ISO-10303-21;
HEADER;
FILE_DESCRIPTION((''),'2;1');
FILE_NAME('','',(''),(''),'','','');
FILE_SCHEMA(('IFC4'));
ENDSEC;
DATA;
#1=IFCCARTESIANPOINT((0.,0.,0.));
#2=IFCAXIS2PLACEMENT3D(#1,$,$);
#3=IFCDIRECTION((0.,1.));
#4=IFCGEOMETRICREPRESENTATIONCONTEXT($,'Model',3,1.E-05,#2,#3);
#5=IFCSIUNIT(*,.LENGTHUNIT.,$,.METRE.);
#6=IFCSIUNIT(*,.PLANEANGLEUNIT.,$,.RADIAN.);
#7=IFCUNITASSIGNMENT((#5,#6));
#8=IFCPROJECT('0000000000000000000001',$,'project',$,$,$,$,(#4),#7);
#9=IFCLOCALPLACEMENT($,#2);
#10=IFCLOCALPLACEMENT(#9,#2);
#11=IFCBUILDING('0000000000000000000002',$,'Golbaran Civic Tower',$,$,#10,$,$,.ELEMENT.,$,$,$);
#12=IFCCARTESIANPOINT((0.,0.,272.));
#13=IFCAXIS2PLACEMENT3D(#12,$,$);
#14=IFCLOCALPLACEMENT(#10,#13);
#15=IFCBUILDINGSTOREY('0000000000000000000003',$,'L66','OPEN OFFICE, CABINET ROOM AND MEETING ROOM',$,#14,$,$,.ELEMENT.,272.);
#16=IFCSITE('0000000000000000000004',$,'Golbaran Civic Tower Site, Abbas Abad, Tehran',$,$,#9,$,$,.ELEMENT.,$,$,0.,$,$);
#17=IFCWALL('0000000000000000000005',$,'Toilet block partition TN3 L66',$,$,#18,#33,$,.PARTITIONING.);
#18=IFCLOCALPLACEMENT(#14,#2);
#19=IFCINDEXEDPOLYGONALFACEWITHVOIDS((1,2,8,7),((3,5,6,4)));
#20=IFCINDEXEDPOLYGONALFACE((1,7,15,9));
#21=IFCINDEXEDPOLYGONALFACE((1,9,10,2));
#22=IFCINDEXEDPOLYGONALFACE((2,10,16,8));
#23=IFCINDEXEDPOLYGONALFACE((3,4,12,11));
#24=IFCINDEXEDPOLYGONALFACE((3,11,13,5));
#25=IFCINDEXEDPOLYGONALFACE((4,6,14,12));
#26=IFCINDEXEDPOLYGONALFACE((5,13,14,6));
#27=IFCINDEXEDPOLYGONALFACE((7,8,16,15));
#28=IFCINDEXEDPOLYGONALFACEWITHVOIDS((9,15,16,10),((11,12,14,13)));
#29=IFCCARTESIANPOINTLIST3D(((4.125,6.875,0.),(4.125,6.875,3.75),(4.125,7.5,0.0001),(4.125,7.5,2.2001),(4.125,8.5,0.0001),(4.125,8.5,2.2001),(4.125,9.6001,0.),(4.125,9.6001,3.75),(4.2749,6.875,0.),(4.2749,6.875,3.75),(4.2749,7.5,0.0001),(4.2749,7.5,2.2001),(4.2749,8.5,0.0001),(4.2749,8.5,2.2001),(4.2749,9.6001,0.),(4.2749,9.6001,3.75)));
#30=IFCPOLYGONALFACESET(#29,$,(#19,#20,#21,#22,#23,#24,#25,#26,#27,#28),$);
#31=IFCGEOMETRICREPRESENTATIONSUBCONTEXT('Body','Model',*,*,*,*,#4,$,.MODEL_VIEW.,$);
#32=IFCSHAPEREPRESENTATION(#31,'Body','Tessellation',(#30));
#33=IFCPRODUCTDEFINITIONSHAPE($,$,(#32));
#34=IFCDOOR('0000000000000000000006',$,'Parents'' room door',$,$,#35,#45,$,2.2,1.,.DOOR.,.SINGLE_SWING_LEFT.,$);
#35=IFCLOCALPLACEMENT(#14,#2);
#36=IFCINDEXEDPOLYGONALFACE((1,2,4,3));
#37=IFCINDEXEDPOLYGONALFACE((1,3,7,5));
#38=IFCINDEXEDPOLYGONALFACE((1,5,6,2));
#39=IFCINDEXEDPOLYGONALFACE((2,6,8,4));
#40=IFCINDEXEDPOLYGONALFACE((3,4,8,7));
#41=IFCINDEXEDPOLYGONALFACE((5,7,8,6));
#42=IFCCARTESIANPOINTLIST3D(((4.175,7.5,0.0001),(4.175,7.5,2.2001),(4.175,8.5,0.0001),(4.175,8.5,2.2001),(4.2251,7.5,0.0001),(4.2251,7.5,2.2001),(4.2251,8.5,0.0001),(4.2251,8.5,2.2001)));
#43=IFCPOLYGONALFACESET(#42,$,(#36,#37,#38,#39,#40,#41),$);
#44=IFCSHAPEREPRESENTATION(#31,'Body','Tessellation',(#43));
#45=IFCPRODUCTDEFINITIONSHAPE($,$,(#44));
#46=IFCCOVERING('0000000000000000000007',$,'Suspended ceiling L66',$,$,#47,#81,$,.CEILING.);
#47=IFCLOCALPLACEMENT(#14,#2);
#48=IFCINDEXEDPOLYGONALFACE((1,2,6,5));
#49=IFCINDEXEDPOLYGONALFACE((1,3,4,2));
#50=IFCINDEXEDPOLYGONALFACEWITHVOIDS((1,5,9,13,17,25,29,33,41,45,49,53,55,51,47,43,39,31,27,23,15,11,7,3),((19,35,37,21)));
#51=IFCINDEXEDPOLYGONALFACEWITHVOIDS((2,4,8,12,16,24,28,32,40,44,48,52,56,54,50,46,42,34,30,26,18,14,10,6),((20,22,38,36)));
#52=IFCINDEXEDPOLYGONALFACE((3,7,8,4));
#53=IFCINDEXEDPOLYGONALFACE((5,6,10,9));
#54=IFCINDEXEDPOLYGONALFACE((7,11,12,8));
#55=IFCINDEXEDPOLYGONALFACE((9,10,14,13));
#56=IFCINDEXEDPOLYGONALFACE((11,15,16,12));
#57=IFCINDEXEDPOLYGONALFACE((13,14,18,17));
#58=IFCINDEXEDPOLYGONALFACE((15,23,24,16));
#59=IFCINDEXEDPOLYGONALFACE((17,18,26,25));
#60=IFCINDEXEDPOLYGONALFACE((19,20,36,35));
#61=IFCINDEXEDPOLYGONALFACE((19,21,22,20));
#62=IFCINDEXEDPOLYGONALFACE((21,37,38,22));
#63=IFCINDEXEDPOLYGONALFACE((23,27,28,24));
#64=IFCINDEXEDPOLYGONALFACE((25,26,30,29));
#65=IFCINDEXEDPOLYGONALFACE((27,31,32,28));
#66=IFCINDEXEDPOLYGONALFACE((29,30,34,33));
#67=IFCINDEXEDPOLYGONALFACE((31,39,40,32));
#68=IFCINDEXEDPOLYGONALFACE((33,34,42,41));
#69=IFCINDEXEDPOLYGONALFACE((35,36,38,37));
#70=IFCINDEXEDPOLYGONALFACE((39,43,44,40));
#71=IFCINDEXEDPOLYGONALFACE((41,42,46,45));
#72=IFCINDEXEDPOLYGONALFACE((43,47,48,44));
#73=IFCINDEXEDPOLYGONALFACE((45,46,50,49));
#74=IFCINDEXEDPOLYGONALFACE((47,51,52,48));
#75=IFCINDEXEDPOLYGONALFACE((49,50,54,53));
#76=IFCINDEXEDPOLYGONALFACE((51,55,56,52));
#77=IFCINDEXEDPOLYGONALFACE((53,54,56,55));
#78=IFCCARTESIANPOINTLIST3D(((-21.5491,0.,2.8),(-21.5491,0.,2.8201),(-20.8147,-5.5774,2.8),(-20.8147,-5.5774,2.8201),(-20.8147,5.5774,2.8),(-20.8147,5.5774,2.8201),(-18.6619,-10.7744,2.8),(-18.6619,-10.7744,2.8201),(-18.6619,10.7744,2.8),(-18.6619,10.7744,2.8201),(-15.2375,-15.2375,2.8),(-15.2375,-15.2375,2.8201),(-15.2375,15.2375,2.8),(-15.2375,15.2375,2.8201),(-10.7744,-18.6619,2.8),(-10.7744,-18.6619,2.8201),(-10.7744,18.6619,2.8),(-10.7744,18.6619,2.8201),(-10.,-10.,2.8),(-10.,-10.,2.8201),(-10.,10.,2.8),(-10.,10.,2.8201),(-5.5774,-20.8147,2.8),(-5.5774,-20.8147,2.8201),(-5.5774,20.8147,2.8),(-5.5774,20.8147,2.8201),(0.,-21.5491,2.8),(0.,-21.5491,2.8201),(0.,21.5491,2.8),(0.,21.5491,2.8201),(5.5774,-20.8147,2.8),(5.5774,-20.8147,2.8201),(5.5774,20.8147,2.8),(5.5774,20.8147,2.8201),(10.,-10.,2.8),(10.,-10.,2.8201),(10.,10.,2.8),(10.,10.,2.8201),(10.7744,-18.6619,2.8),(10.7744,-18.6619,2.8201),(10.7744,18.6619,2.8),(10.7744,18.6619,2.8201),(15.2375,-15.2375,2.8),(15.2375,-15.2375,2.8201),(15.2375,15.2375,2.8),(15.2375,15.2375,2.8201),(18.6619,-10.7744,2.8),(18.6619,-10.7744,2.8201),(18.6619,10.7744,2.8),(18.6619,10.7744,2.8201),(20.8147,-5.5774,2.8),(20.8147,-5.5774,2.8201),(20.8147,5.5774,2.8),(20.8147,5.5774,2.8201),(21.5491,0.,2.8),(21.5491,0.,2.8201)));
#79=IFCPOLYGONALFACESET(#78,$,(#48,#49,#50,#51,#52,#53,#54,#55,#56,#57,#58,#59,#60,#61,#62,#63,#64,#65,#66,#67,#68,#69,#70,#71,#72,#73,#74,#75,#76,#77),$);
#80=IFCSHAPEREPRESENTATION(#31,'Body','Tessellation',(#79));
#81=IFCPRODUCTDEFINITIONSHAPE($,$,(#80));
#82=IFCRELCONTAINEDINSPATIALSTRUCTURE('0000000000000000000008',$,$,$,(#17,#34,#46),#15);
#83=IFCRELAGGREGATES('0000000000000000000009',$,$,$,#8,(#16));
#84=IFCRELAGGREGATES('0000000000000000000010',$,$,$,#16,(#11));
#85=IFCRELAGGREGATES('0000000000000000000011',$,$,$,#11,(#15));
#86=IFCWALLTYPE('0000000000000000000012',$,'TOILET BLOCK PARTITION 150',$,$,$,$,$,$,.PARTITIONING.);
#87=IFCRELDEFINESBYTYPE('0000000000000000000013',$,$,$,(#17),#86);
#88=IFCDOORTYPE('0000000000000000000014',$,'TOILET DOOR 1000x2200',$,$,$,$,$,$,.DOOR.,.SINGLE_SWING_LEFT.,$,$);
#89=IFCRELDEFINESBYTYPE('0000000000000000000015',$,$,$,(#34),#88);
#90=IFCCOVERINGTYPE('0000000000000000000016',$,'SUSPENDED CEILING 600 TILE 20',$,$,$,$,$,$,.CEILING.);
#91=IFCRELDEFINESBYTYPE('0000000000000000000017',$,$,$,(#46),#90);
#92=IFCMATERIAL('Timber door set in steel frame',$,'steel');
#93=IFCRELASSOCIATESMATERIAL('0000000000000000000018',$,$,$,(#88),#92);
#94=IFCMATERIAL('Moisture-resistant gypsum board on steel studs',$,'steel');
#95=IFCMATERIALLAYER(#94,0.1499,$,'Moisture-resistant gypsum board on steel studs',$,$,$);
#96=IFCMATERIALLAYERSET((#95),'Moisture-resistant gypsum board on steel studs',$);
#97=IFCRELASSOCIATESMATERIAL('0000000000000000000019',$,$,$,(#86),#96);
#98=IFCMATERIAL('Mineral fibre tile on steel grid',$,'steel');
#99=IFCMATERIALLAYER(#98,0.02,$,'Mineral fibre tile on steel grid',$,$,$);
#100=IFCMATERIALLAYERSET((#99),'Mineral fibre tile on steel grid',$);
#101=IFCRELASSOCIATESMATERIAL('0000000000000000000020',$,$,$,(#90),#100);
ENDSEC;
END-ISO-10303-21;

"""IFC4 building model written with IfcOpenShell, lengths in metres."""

from ifc_helpers import new_model, si_unit, direction, frame, frame_2d, origin, place, context, subcontext, project, spatial, polyline, rectangle, outline, extrude, material, layer, layer_set, type_object, element, fill, save


model = new_model("IFC4")

# Units and contexts
model_context = context("Model", 3, precision=1e-05, world=origin(), true_north=direction((0.0, 1.0)))
body_context = subcontext(model_context, "Body", "Model", "MODEL_VIEW")
ifc_project = project(units=[si_unit("LENGTHUNIT", "METRE"), si_unit("PLANEANGLEUNIT", "RADIAN")], contexts=[model_context])

# Site, building, storey
site_placement = place(None, origin())
site = spatial("IfcSite", under=ifc_project, at=site_placement, Name="Golbaran Civic Tower Site, Abbas Abad, Tehran", CompositionType="ELEMENT", RefElevation=0.0)
building_placement = place(site_placement, origin())
building = spatial("IfcBuilding", under=site, at=building_placement, Name="Golbaran Civic Tower", CompositionType="ELEMENT")
storey_placement = place(building_placement, frame((0.0, 0.0, 272.0)))
storey = spatial("IfcBuildingStorey", under=building, at=storey_placement, Name="L66", Description="OPEN OFFICE, CABINET ROOM AND MEETING ROOM", CompositionType="ELEMENT", Elevation=272.0)

# Shared definitions
ifc_material_1 = material(Name="Timber door set in steel frame", Category="steel")

# Shared definitions
door_type_1 = type_object("IfcDoorType", Name="TOILET DOOR 1000x2200", OperationType="SINGLE_SWING_LEFT", PredefinedType="DOOR", material=ifc_material_1)

# Wall, opening, door
ifc_material_2 = material(Name="Moisture-resistant gypsum board on steel studs", Category="steel")
ifc_layer_1 = layer(ifc_material_2, 0.1499, Name="Moisture-resistant gypsum board on steel studs")
ifc_layer_set_1 = layer_set([ifc_layer_1], Name="Moisture-resistant gypsum board on steel studs")
wall_type_1 = type_object("IfcWallType", Name="TOILET BLOCK PARTITION 150", PredefinedType="PARTITIONING", material=ifc_layer_set_1)
wall_1_placement = place(storey_placement, frame((4.2, 6.875, 0.0), z_axis=(0.0, 0.0, 1.0), x_axis=(0.0, 1.0, 0.0)))
wall_1 = element("IfcWall", 1, at=wall_1_placement, inside=storey, type_object=wall_type_1, Name="Toilet block partition TN3 L66", PredefinedType="PARTITIONING", context=body_context, shape_type="SweptSolid", body=[
    extrude(rectangle(XDim=2.7251, YDim=0.1499, at=frame_2d((1.3625, 0.0))), origin(), (0.0, 0.0, 1.0), 3.75),
])
opening_1_placement = place(wall_1_placement, frame((0.625, 0.0, 0.0)))
opening_1 = element("IfcOpeningElement", 2, at=opening_1_placement, cuts=wall_1, PredefinedType="OPENING", context=body_context, shape_type="SweptSolid", body=[
    extrude(rectangle(XDim=1.0, YDim=2.2, at=frame_2d((0.5, 1.1001))), frame((0.0, 0.085, 0.0), z_axis=(0.0, -1.0, 0.0), x_axis=(1.0, 0.0, 0.0)), (0.0, 0.0, 1.0), 0.1699),
])
door_1_placement = place(opening_1_placement, origin())
door_1 = element("IfcDoor", 3, at=door_1_placement, inside=storey, type_object=door_type_1, Name="Parents' room door", OperationType="SINGLE_SWING_LEFT", OverallHeight=2.2, OverallWidth=1.0, PredefinedType="DOOR", context=body_context, shape_type="SweptSolid", body=[
    extrude(rectangle(XDim=1.0, YDim=2.2, at=frame_2d((0.5, 1.1001))), frame((0.0, 0.0249, 0.0), z_axis=(0.0, -1.0, 0.0), x_axis=(1.0, 0.0, 0.0)), (0.0, 0.0, 1.0), 0.05),
])
fill(opening_1, door_1)

# Covering
ifc_material_3 = material(Name="Mineral fibre tile on steel grid", Category="steel")
ifc_layer_2 = layer(ifc_material_3, 0.02, Name="Mineral fibre tile on steel grid")
ifc_layer_set_2 = layer_set([ifc_layer_2], Name="Mineral fibre tile on steel grid")
covering_type = type_object("IfcCoveringType", Name="SUSPENDED CEILING 600 TILE 20", PredefinedType="CEILING", material=ifc_layer_set_2)
covering_placement = place(storey_placement, frame((0.0, 0.0, 2.8)))
element("IfcCovering", 4, at=covering_placement, inside=storey, type_object=covering_type, Name="Suspended ceiling L66", PredefinedType="CEILING", context=body_context, shape_type="SweptSolid", body=[
    extrude(outline(polyline([(-15.2375, 15.2375), (-10.7744, 18.6619), (-5.5774, 20.8147), (0.0, 21.5491), (5.5774, 20.8147), (10.7744, 18.6619), (15.2375, 15.2375), (18.6619, 10.7744), (20.8147, 5.5774), (21.5491, 0.0), (20.8147, -5.5774), (18.6619, -10.7744), (15.2375, -15.2375), (10.7744, -18.6619), (5.5774, -20.8147), (0.0, -21.5491), (-5.5774, -20.8147), (-10.7744, -18.6619), (-15.2375, -15.2375), (-18.6619, -10.7744), (-20.8147, -5.5774), (-21.5491, 0.0), (-20.8147, 5.5774), (-18.6619, 10.7744), (-15.2375, 15.2375)]), holes=[polyline([(-10.0, 10.0), (-10.0, -10.0), (10.0, -10.0), (10.0, 10.0), (-10.0, 10.0)])]), origin(), (0.0, 0.0, 1.0), 0.02),
])

save(model, "model.ifc")
